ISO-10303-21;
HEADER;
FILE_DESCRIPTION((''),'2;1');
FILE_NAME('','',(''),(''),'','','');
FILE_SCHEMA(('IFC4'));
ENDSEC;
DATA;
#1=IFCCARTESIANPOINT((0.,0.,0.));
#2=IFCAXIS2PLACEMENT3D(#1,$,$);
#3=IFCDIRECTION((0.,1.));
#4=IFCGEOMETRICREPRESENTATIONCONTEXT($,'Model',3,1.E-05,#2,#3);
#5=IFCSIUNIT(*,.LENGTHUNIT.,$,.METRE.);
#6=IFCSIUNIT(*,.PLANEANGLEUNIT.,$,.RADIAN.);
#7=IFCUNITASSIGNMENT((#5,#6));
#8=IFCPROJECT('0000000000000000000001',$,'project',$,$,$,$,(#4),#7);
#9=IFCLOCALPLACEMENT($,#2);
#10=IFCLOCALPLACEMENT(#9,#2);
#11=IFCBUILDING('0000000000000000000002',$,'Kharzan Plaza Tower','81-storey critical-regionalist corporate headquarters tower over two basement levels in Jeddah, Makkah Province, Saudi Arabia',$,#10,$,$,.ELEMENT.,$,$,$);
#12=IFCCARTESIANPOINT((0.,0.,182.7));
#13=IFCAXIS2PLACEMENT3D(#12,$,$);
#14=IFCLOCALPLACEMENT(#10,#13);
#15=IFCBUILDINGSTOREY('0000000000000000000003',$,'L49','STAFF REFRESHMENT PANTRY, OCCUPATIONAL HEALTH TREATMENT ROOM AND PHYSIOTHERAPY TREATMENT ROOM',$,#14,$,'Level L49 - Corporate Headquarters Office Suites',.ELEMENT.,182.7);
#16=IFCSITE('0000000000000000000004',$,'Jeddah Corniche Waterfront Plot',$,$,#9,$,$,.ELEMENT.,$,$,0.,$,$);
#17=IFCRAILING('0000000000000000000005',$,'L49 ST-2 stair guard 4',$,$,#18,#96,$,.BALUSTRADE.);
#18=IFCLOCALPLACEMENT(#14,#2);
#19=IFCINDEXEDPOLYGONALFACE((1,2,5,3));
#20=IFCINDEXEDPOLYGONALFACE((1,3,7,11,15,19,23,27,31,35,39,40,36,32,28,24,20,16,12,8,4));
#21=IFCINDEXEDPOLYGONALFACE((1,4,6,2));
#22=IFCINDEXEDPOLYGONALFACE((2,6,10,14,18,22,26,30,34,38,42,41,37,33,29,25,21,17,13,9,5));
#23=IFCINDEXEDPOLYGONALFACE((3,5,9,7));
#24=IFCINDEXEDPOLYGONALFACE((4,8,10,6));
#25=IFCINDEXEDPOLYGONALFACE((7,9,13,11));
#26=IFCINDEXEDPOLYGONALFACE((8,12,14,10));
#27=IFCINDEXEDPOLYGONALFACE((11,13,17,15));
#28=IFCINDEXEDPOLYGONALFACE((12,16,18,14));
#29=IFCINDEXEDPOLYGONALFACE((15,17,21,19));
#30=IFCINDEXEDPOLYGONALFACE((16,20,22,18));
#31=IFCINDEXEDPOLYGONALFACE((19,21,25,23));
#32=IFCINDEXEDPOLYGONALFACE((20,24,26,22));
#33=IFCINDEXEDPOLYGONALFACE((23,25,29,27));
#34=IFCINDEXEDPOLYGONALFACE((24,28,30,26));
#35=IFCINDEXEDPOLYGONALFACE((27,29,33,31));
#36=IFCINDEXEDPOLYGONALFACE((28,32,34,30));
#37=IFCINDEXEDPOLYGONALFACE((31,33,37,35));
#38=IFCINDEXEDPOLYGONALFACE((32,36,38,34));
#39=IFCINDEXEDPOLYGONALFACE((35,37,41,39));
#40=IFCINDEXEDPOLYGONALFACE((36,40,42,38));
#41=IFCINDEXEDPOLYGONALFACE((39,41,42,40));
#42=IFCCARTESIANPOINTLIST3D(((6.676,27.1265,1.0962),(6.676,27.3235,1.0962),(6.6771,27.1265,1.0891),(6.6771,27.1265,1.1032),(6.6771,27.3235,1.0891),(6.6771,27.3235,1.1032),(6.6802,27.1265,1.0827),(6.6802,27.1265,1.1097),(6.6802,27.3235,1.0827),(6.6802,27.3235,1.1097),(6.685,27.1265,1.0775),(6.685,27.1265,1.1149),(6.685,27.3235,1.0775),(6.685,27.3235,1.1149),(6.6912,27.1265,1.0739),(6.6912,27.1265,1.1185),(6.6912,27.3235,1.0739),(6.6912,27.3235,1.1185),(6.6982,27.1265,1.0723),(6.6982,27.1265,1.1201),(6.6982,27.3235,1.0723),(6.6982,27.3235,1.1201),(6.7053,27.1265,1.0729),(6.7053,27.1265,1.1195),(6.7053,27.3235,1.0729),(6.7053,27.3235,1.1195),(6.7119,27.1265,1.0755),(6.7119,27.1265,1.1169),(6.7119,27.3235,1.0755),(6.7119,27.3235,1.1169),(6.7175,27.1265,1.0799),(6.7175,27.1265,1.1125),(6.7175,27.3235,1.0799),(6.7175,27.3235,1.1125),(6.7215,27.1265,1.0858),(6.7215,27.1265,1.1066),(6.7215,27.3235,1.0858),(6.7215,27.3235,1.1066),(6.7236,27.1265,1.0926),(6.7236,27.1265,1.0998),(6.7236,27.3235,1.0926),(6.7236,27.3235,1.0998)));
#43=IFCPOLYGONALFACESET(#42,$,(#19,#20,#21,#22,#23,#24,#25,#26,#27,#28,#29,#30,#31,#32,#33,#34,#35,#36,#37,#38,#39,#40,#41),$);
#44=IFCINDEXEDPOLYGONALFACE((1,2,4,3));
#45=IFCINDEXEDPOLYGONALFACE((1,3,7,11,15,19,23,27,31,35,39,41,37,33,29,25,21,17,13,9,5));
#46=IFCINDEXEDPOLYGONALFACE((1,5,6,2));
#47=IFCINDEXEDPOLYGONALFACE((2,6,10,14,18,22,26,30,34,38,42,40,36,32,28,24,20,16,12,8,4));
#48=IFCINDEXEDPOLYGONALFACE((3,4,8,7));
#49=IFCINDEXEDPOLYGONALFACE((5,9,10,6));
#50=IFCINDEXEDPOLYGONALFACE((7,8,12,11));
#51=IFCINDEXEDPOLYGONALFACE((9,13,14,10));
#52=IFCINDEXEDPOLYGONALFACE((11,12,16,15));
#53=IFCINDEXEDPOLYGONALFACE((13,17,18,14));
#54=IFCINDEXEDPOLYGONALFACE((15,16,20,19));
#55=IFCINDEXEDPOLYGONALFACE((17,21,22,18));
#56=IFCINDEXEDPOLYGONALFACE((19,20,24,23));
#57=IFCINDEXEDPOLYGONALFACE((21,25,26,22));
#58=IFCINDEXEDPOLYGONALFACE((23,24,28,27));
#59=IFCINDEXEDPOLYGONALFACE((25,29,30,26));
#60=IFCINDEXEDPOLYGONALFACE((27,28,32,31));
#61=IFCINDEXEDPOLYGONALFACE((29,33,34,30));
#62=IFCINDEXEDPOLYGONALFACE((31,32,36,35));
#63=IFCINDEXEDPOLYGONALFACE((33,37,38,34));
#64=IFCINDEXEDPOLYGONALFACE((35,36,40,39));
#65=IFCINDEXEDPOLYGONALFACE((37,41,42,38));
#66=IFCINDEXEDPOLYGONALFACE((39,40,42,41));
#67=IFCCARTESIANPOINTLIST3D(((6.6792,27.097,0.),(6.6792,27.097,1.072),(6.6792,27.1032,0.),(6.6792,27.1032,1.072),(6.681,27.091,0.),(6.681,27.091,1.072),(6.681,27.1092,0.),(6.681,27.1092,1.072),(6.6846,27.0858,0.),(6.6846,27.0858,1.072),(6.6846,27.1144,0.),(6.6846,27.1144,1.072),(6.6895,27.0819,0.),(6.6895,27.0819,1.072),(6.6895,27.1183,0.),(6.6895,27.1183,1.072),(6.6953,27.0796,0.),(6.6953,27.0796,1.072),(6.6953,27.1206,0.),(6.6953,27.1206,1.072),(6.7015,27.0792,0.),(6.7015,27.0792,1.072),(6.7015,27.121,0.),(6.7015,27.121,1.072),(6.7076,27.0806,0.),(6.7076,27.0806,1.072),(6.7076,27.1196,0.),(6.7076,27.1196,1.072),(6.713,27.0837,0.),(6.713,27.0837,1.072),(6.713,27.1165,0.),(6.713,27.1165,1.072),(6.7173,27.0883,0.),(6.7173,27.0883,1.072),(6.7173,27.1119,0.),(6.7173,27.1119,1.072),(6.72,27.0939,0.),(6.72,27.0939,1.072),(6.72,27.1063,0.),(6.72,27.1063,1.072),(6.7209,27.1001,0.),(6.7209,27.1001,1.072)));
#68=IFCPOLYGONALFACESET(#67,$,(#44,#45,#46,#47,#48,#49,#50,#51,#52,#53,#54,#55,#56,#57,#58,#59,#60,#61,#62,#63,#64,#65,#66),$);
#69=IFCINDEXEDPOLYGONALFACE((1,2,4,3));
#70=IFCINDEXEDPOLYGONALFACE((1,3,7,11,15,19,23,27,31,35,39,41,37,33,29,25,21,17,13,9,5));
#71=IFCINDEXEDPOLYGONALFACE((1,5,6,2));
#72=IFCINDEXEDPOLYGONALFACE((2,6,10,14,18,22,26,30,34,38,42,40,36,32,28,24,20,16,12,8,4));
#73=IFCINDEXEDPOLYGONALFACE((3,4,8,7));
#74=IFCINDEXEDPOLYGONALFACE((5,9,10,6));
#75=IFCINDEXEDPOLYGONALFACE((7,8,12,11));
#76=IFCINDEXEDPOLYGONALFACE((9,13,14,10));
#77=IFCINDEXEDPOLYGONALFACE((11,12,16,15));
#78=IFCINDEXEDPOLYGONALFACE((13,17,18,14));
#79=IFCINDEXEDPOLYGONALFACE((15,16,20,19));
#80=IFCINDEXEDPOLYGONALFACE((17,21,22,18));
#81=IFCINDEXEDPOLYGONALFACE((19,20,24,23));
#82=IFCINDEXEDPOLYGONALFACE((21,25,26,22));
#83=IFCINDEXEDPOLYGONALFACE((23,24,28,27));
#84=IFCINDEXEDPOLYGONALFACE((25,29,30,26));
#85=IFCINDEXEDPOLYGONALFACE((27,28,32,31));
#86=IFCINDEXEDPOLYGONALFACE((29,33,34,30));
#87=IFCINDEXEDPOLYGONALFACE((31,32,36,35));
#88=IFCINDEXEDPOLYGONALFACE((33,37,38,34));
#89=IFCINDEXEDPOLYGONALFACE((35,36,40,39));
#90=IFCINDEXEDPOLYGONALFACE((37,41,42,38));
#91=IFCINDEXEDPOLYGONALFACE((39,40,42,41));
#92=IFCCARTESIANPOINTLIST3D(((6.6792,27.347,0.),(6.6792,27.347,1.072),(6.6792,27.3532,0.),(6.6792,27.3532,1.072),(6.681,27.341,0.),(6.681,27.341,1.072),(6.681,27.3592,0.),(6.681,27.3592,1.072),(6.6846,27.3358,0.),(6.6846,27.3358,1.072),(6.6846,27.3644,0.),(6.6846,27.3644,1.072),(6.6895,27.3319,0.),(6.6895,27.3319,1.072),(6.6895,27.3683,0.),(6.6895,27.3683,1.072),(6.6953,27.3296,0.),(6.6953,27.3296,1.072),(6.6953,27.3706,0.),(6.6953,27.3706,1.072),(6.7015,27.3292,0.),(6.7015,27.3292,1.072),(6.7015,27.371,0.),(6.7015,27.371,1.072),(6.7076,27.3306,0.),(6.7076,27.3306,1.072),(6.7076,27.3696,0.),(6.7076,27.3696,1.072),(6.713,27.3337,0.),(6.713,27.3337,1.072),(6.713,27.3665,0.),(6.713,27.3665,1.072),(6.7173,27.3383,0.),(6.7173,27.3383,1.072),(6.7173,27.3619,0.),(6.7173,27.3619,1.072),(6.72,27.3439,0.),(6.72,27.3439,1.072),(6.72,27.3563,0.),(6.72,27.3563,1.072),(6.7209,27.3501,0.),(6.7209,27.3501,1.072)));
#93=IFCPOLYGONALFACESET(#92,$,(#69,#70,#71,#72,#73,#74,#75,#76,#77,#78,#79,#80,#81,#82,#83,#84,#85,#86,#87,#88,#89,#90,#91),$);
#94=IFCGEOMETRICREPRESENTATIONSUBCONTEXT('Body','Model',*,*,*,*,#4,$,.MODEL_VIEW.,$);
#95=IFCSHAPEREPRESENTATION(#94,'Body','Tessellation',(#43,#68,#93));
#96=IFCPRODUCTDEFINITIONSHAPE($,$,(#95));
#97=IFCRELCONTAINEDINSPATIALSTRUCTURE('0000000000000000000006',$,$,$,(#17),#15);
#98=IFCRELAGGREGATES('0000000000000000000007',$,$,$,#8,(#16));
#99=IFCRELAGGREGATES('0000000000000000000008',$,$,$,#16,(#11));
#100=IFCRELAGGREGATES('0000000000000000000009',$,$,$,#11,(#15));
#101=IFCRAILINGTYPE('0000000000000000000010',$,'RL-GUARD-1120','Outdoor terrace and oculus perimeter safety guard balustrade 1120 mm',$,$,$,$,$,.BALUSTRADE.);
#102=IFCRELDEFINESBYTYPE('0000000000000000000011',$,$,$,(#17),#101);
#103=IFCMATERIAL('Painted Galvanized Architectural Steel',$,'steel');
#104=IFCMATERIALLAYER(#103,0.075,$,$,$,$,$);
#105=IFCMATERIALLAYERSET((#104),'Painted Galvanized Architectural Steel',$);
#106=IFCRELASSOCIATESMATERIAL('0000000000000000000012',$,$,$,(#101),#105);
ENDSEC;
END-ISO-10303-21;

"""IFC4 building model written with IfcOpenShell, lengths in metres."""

from ifc_helpers import new_model, si_unit, direction, frame, origin, origin_2d, place, context, subcontext, project, spatial, circle, extrude, source, transform, mapped, material, layer, layer_set, type_object, element, save


model = new_model("IFC4")

# Units and contexts
model_context = context("Model", 3, precision=1e-05, world=origin(), true_north=direction((0.0, 1.0)))
body_context = subcontext(model_context, "Body", "Model", "MODEL_VIEW")
ifc_project = project(units=[si_unit("LENGTHUNIT", "METRE"), si_unit("PLANEANGLEUNIT", "RADIAN")], contexts=[model_context])

# Site, building, storey
site_placement = place(None, origin())
site = spatial("IfcSite", under=ifc_project, at=site_placement, Name="Jeddah Corniche Waterfront Plot", CompositionType="ELEMENT", RefElevation=0.0)
building_placement = place(site_placement, origin())
building = spatial("IfcBuilding", under=site, at=building_placement, Name="Kharzan Plaza Tower", Description="81-storey critical-regionalist corporate headquarters tower over two basement levels in Jeddah, Makkah Province, Saudi Arabia", CompositionType="ELEMENT")
storey_placement = place(building_placement, frame((0.0, 0.0, 182.7)))
storey = spatial("IfcBuildingStorey", under=building, at=storey_placement, Name="L49", Description="STAFF REFRESHMENT PANTRY, OCCUPATIONAL HEALTH TREATMENT ROOM AND PHYSIOTHERAPY TREATMENT ROOM", LongName="Level L49 - Corporate Headquarters Office Suites", CompositionType="ELEMENT", Elevation=182.7)

# Railing
ifc_material_1 = material(Name="Painted Galvanized Architectural Steel", Category="steel")
ifc_layer_1 = layer(ifc_material_1, 0.075)
ifc_layer_set_1 = layer_set([ifc_layer_1], Name="Painted Galvanized Architectural Steel")
railing_type_1 = type_object("IfcRailingType", Name="RL-GUARD-1120", Description="Outdoor terrace and oculus perimeter safety guard balustrade 1120 mm", PredefinedType="BALUSTRADE", material=ifc_layer_set_1)
shared_shape_1 = source(origin(), body_context, "Body", "SweptSolid", [
    extrude(circle(Radius=0.0239, at=origin_2d()), frame((0.0, 0.0264, 1.0962), z_axis=(0.0, 1.0, 0.0), x_axis=(-1.0, 0.0, 0.0)), (0.0, 0.0, 1.0), 0.197),
    extrude(circle(Radius=0.021, at=origin_2d()), origin(), (0.0, 0.0, 1.0), 1.072),
    extrude(circle(Radius=0.021, at=origin_2d()), frame((0.0, 0.25, 0.0)), (0.0, 0.0, 1.0), 1.072),
])
railing_1_placement = place(storey_placement, frame((6.7, 27.1001, 0.0)))
element("IfcRailing", 1, at=railing_1_placement, inside=storey, type_object=railing_type_1, Name="L49 ST-2 stair guard 4", PredefinedType="BALUSTRADE", context=body_context, shape_type="MappedRepresentation", body=[
    mapped(shared_shape_1, transform((0.0, 0.0, 0.0), x_axis=(1.0, 0.0, 0.0), y_axis=(0.0, 1.0, 0.0), z_axis=(0.0, 0.0, 1.0))),
])

save(model, "model.ifc")
